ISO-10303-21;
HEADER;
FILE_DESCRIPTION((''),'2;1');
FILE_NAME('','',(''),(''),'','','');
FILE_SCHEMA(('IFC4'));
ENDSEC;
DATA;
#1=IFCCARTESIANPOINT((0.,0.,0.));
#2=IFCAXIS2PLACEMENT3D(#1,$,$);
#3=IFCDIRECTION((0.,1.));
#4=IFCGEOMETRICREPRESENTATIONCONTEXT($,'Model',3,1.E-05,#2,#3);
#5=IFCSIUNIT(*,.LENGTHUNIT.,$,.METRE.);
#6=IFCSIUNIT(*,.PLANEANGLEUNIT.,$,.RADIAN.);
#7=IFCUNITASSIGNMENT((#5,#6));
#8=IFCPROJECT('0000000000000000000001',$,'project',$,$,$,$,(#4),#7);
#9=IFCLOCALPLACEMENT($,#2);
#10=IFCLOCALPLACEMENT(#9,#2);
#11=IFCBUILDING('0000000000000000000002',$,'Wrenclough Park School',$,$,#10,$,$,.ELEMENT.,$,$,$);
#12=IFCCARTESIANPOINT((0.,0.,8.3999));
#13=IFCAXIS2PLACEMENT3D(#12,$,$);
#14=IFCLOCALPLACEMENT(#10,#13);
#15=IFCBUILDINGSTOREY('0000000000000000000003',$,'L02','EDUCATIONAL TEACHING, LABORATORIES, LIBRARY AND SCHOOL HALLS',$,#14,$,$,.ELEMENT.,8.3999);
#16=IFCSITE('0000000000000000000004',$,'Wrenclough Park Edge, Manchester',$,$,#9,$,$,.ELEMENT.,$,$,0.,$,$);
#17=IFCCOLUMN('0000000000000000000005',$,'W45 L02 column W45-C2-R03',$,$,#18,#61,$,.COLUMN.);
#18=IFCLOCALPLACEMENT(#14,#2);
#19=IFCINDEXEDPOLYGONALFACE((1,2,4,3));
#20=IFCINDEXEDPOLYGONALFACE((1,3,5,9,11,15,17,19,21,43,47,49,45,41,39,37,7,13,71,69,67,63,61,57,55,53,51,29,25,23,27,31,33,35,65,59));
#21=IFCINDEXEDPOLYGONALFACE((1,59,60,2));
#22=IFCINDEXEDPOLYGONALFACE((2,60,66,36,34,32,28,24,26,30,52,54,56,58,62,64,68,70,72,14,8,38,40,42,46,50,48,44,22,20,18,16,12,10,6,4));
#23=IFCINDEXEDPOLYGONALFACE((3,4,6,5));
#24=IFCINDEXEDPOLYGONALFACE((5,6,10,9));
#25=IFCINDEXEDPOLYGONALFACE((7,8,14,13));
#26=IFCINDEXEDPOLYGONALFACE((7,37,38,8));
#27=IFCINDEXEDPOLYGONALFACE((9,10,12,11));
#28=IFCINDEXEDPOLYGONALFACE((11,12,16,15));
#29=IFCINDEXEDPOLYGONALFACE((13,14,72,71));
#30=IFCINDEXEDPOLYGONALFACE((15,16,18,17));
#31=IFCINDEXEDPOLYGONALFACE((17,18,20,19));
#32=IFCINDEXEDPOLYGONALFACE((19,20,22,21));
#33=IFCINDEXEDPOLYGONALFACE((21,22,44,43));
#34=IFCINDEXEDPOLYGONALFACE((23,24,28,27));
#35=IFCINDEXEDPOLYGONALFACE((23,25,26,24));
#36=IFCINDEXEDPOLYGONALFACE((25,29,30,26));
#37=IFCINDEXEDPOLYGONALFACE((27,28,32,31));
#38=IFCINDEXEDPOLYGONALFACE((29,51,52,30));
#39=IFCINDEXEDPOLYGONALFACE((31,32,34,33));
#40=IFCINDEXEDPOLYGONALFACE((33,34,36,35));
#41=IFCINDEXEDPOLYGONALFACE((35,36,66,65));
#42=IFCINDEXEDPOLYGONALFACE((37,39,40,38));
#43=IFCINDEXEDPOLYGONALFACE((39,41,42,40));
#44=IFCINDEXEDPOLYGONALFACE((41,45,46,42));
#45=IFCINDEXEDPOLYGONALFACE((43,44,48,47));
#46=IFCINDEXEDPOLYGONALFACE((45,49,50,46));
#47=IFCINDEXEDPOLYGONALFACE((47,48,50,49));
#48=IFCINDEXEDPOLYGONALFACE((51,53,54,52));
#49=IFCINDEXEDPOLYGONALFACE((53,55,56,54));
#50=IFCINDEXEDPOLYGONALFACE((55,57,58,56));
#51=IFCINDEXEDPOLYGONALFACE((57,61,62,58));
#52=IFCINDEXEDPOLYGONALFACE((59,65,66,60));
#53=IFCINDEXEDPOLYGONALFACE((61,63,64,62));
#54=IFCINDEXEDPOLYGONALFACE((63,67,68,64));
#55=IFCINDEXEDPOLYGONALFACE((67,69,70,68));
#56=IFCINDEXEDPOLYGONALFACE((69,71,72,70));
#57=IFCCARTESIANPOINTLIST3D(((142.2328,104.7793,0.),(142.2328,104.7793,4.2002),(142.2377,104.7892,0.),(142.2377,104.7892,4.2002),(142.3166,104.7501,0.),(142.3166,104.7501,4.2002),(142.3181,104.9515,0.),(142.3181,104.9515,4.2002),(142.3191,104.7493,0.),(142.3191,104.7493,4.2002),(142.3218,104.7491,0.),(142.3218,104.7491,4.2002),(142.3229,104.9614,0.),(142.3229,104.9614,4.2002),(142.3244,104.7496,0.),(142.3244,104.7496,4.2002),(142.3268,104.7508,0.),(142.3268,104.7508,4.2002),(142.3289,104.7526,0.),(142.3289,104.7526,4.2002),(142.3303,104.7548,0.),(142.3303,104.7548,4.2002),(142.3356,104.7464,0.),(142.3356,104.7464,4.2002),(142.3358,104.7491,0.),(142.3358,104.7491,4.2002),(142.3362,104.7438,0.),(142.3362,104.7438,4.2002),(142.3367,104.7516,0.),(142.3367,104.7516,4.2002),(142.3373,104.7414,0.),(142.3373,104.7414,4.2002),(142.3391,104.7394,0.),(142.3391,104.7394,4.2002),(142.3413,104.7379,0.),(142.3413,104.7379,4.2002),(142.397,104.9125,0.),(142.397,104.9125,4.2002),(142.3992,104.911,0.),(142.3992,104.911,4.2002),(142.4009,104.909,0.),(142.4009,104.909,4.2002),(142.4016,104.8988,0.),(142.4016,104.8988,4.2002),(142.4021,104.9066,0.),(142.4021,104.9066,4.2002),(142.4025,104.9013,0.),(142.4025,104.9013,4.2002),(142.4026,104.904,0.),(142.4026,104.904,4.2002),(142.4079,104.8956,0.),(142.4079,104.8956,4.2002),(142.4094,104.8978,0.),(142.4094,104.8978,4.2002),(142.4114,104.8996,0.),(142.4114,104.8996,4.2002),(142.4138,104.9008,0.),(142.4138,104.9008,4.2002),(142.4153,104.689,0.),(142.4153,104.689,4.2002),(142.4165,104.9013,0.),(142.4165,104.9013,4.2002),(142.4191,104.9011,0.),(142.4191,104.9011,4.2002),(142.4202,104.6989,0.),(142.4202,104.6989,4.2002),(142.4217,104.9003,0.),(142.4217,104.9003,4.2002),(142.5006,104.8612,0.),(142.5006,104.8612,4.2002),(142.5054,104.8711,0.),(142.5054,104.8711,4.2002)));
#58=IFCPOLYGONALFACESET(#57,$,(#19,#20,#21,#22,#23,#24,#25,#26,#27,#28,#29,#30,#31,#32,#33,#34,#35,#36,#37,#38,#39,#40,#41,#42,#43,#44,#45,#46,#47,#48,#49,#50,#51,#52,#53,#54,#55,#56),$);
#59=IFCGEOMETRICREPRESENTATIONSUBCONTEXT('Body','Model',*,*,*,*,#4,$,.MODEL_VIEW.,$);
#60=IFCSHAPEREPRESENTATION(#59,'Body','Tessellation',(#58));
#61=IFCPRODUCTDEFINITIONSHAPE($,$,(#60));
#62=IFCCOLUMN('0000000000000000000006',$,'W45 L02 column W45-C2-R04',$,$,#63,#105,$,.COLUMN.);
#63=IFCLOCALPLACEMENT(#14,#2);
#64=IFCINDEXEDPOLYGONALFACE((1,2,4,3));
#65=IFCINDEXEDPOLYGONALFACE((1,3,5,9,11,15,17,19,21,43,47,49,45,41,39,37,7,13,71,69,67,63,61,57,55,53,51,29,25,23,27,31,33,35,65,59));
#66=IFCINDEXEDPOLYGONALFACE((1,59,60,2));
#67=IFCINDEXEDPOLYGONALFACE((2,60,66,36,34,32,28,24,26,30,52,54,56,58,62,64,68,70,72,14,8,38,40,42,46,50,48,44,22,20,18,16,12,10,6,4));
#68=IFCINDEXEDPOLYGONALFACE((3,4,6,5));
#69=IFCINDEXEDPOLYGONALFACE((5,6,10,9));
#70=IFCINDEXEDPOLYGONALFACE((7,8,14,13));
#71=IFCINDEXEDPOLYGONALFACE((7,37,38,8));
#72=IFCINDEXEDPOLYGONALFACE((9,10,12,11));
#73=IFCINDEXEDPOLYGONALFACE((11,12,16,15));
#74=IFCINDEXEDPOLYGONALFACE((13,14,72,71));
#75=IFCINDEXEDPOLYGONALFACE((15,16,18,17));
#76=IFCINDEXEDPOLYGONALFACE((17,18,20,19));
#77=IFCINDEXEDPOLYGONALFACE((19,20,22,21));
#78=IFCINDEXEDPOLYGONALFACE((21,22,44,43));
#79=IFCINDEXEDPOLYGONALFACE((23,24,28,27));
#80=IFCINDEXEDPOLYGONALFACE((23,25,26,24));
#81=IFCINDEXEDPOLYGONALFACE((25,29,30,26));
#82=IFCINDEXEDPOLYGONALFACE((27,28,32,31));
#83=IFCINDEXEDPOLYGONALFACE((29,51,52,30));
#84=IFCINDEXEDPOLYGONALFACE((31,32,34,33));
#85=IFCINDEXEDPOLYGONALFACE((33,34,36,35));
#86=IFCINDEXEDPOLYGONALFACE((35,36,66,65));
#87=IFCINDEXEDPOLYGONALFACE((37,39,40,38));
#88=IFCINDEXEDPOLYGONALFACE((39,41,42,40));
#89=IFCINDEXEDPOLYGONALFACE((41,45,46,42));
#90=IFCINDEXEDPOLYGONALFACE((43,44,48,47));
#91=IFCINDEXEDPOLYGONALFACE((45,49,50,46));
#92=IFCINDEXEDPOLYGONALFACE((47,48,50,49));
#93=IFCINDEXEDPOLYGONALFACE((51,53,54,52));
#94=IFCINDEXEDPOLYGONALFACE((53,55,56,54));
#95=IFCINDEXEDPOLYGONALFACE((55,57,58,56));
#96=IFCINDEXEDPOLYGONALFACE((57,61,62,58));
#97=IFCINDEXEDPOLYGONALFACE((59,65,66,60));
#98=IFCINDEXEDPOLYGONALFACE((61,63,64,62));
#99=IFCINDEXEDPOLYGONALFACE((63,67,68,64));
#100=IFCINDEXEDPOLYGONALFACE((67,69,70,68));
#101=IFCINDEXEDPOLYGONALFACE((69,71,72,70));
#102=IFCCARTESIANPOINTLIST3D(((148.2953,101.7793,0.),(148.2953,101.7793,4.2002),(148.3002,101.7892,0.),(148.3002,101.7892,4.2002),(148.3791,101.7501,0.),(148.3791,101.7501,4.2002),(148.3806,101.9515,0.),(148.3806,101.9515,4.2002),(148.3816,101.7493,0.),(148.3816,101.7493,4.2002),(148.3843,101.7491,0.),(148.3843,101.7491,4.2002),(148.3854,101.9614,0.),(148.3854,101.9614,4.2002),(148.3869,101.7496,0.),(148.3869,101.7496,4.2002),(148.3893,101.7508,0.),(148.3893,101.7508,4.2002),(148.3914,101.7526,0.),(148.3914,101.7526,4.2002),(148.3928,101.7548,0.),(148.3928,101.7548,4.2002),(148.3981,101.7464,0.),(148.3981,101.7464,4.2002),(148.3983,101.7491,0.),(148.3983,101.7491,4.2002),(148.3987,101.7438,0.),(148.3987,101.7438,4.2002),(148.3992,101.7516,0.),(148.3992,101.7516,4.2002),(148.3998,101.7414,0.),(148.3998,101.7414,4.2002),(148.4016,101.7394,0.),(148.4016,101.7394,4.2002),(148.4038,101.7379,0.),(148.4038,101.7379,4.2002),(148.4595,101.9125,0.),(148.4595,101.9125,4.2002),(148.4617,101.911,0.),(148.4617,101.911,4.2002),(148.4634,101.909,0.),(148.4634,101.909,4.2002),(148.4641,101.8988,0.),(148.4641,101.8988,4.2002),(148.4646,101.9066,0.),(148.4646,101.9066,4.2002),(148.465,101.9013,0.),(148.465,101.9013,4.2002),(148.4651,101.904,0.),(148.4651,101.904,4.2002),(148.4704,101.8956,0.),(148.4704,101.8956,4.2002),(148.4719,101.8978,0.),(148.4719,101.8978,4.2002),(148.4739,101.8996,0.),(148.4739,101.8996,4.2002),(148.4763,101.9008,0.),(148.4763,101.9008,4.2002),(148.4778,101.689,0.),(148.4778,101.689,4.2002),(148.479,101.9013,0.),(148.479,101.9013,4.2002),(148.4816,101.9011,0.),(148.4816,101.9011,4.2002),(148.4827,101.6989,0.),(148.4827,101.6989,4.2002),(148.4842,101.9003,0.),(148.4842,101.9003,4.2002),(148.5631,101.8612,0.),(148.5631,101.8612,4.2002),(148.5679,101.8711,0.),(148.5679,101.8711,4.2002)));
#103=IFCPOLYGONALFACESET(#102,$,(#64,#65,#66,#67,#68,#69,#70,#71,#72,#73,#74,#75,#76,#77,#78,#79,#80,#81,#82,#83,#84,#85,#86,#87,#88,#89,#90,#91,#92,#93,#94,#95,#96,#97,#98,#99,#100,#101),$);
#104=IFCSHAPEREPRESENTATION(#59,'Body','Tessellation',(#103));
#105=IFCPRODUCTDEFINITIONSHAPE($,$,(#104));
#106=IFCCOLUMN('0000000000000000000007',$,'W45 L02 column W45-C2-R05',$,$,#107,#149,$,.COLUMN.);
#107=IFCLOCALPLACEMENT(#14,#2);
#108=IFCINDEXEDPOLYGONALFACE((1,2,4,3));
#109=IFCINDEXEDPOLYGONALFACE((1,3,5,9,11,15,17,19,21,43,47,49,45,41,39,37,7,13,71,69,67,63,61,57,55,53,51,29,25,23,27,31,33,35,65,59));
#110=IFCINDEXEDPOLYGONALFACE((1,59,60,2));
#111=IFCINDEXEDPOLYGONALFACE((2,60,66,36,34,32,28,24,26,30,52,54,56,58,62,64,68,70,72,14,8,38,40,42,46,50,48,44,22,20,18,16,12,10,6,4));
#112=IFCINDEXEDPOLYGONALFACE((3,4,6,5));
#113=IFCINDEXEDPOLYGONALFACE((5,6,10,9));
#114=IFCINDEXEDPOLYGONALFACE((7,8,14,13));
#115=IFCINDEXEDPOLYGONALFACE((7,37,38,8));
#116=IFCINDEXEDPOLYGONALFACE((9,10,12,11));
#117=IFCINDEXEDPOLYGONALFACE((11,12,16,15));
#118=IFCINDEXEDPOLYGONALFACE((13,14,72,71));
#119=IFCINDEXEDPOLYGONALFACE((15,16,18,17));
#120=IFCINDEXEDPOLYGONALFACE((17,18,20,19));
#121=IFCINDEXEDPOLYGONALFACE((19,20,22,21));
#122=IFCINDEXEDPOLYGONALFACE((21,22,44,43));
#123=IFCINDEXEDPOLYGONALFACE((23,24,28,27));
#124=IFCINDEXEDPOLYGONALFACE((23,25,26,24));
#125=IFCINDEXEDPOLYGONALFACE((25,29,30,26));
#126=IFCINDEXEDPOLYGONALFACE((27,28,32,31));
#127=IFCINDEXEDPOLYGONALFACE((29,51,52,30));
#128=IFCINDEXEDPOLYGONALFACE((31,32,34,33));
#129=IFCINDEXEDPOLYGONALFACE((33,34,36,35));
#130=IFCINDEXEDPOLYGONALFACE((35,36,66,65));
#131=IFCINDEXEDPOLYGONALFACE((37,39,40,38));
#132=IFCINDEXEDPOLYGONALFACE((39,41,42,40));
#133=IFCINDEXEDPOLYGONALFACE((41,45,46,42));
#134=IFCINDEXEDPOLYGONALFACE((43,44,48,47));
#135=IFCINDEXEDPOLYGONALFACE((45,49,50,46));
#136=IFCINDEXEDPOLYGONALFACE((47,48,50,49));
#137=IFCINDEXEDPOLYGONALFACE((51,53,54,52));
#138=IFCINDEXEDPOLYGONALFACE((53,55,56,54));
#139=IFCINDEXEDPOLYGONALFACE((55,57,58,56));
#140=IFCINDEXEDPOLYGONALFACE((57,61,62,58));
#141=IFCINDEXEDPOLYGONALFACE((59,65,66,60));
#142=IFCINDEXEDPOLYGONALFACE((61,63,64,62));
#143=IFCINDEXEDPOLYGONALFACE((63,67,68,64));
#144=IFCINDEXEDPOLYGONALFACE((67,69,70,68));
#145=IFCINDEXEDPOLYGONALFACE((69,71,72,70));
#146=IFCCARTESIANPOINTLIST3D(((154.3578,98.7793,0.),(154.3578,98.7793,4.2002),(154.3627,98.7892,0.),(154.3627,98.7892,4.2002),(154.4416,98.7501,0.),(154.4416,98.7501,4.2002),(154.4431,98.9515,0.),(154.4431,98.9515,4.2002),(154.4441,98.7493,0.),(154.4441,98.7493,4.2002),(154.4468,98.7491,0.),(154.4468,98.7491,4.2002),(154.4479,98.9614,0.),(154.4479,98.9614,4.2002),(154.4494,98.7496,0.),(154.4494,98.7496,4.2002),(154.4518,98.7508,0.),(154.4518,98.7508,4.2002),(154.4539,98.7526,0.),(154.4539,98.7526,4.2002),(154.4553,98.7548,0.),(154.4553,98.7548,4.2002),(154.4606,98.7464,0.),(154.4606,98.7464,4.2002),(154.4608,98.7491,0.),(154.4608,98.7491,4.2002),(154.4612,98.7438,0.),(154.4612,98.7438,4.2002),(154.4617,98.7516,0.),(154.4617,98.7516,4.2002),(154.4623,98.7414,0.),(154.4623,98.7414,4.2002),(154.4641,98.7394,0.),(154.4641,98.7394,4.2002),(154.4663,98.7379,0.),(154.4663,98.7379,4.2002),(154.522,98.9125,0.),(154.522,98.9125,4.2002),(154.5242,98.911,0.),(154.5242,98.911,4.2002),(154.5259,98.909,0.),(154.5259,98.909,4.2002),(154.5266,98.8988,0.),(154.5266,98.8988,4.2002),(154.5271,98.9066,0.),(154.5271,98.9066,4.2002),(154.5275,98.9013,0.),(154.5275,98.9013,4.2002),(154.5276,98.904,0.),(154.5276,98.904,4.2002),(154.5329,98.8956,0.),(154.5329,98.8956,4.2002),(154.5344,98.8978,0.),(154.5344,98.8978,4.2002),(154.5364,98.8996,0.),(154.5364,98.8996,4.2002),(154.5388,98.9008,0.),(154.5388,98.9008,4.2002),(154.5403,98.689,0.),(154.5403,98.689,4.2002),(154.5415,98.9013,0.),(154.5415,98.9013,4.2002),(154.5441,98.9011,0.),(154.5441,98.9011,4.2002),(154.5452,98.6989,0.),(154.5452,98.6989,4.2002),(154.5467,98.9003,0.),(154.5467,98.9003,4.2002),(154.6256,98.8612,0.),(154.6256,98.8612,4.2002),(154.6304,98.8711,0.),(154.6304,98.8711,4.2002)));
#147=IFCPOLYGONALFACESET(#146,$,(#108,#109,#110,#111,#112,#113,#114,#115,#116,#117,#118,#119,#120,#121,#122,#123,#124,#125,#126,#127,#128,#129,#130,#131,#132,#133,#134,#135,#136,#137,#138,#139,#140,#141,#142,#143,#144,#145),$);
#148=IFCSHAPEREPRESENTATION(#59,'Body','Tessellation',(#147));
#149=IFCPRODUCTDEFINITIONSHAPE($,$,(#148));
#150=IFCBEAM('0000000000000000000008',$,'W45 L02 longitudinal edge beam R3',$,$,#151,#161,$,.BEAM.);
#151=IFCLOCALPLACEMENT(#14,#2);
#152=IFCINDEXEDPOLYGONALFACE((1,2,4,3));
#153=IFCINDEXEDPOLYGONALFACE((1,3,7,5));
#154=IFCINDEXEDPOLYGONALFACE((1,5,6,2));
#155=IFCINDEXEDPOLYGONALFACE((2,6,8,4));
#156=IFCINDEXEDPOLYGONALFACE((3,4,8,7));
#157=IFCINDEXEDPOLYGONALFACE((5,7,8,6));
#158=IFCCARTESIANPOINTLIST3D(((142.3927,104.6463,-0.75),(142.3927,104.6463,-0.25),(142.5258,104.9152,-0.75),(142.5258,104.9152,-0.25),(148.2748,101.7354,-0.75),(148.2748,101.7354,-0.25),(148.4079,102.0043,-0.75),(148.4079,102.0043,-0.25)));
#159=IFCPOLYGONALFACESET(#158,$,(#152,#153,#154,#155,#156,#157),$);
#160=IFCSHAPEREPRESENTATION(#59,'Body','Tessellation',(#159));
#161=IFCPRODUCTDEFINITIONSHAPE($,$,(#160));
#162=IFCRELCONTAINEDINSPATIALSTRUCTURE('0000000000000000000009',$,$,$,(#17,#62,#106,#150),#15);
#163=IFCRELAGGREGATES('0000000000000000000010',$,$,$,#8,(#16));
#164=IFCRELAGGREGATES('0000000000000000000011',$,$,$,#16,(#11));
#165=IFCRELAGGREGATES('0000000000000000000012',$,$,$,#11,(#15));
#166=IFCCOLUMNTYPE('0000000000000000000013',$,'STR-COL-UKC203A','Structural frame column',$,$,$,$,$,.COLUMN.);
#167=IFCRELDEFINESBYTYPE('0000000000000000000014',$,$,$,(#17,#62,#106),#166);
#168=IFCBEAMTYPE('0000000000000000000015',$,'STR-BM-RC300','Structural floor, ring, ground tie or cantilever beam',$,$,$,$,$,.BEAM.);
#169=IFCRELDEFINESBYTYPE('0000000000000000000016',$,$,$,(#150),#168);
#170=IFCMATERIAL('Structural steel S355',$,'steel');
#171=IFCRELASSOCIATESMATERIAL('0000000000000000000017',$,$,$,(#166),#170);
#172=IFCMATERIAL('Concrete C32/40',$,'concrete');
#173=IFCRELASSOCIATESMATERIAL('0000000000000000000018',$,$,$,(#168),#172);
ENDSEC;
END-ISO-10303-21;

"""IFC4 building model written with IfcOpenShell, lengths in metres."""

from ifc_helpers import new_model, si_unit, direction, frame, origin, origin_2d, place, context, subcontext, project, spatial, rectangle, i_section, extrude, material, material_profile, profile_set, type_object, element, save


model = new_model("IFC4")

# Units and contexts
model_context = context("Model", 3, precision=1e-05, world=origin(), true_north=direction((0.0, 1.0)))
body_context = subcontext(model_context, "Body", "Model", "MODEL_VIEW")
ifc_project = project(units=[si_unit("LENGTHUNIT", "METRE"), si_unit("PLANEANGLEUNIT", "RADIAN")], contexts=[model_context])

# Site, building, storey
site_placement = place(None, origin())
site = spatial("IfcSite", under=ifc_project, at=site_placement, Name="Wrenclough Park Edge, Manchester", CompositionType="ELEMENT", RefElevation=0.0)
building_placement = place(site_placement, origin())
building = spatial("IfcBuilding", under=site, at=building_placement, Name="Wrenclough Park School", CompositionType="ELEMENT")
storey_placement = place(building_placement, frame((0.0, 0.0, 8.3999)))
storey = spatial("IfcBuildingStorey", under=building, at=storey_placement, Name="L02", Description="EDUCATIONAL TEACHING, LABORATORIES, LIBRARY AND SCHOOL HALLS", CompositionType="ELEMENT", Elevation=8.3999)

# Columns
ifc_material_1 = material(Name="Structural steel S355", Category="steel")
ifc_material_profile_1 = material_profile(ifc_material_1, i_section(OverallWidth=0.2036, OverallDepth=0.2031, WebThickness=0.0071, FlangeThickness=0.011, FilletRadius=0.0103, at=origin_2d()), Name="UKC 203x203x46")
ifc_profile_set_1 = profile_set([ifc_material_profile_1], Name="Structural steel S355")
column_type = type_object("IfcColumnType", Name="STR-COL-UKC203A", Description="Structural frame column", PredefinedType="COLUMN", material=ifc_profile_set_1)
for number, where, z_axis, x_axis, name in (
    (1, (142.3691, 104.8252, 0.0), (0.0, 0.0, 1.0), (0.896254, -0.443541, 0.0), "W45 L02 column W45-C2-R03"),
    (2, (148.4316, 101.8252, 0.0), (0.0, 0.0, 1.0), (0.896254, -0.443541, 0.0), "W45 L02 column W45-C2-R04"),
    (3, (154.4941, 98.8252, 0.0), (0.0, 0.0, 1.0), (0.896254, -0.443541, 0.0), "W45 L02 column W45-C2-R05"),
):
    element("IfcColumn", number, at=place(storey_placement, frame(where, z_axis=z_axis, x_axis=x_axis)), inside=storey, type_object=column_type, Name=name, PredefinedType="COLUMN", context=body_context, shape_type="SweptSolid", body=[
        extrude(i_section(OverallWidth=0.2036, OverallDepth=0.2031, WebThickness=0.0071, FlangeThickness=0.011, FilletRadius=0.0103, at=origin_2d()), origin(), (0.0, 0.0, 1.0), 4.2002),
    ])

# Beam
ifc_material_2 = material(Name="Concrete C32/40", Category="concrete")
ifc_material_profile_2 = material_profile(ifc_material_2, rectangle(XDim=0.3, YDim=0.5, at=origin_2d()), Name="RC BEAM 300x500")
ifc_profile_set_2 = profile_set([ifc_material_profile_2], Name="Concrete C32/40")
beam_type_1 = type_object("IfcBeamType", Name="STR-BM-RC300", Description="Structural floor, ring, ground tie or cantilever beam", PredefinedType="BEAM", material=ifc_profile_set_2)
beam_1_placement = place(storey_placement, frame((142.4592, 104.7808, -0.5), z_axis=(0.896257, -0.443534, 0.0), x_axis=(0.443534, 0.896257, 0.0)))
element("IfcBeam", 4, at=beam_1_placement, inside=storey, type_object=beam_type_1, Name="W45 L02 longitudinal edge beam R3", PredefinedType="BEAM", context=body_context, shape_type="SweptSolid", body=[
    extrude(rectangle(XDim=0.3, YDim=0.5, at=origin_2d()), origin(), (0.0, 0.0, 1.0), 6.563),
])

save(model, "model.ifc")
